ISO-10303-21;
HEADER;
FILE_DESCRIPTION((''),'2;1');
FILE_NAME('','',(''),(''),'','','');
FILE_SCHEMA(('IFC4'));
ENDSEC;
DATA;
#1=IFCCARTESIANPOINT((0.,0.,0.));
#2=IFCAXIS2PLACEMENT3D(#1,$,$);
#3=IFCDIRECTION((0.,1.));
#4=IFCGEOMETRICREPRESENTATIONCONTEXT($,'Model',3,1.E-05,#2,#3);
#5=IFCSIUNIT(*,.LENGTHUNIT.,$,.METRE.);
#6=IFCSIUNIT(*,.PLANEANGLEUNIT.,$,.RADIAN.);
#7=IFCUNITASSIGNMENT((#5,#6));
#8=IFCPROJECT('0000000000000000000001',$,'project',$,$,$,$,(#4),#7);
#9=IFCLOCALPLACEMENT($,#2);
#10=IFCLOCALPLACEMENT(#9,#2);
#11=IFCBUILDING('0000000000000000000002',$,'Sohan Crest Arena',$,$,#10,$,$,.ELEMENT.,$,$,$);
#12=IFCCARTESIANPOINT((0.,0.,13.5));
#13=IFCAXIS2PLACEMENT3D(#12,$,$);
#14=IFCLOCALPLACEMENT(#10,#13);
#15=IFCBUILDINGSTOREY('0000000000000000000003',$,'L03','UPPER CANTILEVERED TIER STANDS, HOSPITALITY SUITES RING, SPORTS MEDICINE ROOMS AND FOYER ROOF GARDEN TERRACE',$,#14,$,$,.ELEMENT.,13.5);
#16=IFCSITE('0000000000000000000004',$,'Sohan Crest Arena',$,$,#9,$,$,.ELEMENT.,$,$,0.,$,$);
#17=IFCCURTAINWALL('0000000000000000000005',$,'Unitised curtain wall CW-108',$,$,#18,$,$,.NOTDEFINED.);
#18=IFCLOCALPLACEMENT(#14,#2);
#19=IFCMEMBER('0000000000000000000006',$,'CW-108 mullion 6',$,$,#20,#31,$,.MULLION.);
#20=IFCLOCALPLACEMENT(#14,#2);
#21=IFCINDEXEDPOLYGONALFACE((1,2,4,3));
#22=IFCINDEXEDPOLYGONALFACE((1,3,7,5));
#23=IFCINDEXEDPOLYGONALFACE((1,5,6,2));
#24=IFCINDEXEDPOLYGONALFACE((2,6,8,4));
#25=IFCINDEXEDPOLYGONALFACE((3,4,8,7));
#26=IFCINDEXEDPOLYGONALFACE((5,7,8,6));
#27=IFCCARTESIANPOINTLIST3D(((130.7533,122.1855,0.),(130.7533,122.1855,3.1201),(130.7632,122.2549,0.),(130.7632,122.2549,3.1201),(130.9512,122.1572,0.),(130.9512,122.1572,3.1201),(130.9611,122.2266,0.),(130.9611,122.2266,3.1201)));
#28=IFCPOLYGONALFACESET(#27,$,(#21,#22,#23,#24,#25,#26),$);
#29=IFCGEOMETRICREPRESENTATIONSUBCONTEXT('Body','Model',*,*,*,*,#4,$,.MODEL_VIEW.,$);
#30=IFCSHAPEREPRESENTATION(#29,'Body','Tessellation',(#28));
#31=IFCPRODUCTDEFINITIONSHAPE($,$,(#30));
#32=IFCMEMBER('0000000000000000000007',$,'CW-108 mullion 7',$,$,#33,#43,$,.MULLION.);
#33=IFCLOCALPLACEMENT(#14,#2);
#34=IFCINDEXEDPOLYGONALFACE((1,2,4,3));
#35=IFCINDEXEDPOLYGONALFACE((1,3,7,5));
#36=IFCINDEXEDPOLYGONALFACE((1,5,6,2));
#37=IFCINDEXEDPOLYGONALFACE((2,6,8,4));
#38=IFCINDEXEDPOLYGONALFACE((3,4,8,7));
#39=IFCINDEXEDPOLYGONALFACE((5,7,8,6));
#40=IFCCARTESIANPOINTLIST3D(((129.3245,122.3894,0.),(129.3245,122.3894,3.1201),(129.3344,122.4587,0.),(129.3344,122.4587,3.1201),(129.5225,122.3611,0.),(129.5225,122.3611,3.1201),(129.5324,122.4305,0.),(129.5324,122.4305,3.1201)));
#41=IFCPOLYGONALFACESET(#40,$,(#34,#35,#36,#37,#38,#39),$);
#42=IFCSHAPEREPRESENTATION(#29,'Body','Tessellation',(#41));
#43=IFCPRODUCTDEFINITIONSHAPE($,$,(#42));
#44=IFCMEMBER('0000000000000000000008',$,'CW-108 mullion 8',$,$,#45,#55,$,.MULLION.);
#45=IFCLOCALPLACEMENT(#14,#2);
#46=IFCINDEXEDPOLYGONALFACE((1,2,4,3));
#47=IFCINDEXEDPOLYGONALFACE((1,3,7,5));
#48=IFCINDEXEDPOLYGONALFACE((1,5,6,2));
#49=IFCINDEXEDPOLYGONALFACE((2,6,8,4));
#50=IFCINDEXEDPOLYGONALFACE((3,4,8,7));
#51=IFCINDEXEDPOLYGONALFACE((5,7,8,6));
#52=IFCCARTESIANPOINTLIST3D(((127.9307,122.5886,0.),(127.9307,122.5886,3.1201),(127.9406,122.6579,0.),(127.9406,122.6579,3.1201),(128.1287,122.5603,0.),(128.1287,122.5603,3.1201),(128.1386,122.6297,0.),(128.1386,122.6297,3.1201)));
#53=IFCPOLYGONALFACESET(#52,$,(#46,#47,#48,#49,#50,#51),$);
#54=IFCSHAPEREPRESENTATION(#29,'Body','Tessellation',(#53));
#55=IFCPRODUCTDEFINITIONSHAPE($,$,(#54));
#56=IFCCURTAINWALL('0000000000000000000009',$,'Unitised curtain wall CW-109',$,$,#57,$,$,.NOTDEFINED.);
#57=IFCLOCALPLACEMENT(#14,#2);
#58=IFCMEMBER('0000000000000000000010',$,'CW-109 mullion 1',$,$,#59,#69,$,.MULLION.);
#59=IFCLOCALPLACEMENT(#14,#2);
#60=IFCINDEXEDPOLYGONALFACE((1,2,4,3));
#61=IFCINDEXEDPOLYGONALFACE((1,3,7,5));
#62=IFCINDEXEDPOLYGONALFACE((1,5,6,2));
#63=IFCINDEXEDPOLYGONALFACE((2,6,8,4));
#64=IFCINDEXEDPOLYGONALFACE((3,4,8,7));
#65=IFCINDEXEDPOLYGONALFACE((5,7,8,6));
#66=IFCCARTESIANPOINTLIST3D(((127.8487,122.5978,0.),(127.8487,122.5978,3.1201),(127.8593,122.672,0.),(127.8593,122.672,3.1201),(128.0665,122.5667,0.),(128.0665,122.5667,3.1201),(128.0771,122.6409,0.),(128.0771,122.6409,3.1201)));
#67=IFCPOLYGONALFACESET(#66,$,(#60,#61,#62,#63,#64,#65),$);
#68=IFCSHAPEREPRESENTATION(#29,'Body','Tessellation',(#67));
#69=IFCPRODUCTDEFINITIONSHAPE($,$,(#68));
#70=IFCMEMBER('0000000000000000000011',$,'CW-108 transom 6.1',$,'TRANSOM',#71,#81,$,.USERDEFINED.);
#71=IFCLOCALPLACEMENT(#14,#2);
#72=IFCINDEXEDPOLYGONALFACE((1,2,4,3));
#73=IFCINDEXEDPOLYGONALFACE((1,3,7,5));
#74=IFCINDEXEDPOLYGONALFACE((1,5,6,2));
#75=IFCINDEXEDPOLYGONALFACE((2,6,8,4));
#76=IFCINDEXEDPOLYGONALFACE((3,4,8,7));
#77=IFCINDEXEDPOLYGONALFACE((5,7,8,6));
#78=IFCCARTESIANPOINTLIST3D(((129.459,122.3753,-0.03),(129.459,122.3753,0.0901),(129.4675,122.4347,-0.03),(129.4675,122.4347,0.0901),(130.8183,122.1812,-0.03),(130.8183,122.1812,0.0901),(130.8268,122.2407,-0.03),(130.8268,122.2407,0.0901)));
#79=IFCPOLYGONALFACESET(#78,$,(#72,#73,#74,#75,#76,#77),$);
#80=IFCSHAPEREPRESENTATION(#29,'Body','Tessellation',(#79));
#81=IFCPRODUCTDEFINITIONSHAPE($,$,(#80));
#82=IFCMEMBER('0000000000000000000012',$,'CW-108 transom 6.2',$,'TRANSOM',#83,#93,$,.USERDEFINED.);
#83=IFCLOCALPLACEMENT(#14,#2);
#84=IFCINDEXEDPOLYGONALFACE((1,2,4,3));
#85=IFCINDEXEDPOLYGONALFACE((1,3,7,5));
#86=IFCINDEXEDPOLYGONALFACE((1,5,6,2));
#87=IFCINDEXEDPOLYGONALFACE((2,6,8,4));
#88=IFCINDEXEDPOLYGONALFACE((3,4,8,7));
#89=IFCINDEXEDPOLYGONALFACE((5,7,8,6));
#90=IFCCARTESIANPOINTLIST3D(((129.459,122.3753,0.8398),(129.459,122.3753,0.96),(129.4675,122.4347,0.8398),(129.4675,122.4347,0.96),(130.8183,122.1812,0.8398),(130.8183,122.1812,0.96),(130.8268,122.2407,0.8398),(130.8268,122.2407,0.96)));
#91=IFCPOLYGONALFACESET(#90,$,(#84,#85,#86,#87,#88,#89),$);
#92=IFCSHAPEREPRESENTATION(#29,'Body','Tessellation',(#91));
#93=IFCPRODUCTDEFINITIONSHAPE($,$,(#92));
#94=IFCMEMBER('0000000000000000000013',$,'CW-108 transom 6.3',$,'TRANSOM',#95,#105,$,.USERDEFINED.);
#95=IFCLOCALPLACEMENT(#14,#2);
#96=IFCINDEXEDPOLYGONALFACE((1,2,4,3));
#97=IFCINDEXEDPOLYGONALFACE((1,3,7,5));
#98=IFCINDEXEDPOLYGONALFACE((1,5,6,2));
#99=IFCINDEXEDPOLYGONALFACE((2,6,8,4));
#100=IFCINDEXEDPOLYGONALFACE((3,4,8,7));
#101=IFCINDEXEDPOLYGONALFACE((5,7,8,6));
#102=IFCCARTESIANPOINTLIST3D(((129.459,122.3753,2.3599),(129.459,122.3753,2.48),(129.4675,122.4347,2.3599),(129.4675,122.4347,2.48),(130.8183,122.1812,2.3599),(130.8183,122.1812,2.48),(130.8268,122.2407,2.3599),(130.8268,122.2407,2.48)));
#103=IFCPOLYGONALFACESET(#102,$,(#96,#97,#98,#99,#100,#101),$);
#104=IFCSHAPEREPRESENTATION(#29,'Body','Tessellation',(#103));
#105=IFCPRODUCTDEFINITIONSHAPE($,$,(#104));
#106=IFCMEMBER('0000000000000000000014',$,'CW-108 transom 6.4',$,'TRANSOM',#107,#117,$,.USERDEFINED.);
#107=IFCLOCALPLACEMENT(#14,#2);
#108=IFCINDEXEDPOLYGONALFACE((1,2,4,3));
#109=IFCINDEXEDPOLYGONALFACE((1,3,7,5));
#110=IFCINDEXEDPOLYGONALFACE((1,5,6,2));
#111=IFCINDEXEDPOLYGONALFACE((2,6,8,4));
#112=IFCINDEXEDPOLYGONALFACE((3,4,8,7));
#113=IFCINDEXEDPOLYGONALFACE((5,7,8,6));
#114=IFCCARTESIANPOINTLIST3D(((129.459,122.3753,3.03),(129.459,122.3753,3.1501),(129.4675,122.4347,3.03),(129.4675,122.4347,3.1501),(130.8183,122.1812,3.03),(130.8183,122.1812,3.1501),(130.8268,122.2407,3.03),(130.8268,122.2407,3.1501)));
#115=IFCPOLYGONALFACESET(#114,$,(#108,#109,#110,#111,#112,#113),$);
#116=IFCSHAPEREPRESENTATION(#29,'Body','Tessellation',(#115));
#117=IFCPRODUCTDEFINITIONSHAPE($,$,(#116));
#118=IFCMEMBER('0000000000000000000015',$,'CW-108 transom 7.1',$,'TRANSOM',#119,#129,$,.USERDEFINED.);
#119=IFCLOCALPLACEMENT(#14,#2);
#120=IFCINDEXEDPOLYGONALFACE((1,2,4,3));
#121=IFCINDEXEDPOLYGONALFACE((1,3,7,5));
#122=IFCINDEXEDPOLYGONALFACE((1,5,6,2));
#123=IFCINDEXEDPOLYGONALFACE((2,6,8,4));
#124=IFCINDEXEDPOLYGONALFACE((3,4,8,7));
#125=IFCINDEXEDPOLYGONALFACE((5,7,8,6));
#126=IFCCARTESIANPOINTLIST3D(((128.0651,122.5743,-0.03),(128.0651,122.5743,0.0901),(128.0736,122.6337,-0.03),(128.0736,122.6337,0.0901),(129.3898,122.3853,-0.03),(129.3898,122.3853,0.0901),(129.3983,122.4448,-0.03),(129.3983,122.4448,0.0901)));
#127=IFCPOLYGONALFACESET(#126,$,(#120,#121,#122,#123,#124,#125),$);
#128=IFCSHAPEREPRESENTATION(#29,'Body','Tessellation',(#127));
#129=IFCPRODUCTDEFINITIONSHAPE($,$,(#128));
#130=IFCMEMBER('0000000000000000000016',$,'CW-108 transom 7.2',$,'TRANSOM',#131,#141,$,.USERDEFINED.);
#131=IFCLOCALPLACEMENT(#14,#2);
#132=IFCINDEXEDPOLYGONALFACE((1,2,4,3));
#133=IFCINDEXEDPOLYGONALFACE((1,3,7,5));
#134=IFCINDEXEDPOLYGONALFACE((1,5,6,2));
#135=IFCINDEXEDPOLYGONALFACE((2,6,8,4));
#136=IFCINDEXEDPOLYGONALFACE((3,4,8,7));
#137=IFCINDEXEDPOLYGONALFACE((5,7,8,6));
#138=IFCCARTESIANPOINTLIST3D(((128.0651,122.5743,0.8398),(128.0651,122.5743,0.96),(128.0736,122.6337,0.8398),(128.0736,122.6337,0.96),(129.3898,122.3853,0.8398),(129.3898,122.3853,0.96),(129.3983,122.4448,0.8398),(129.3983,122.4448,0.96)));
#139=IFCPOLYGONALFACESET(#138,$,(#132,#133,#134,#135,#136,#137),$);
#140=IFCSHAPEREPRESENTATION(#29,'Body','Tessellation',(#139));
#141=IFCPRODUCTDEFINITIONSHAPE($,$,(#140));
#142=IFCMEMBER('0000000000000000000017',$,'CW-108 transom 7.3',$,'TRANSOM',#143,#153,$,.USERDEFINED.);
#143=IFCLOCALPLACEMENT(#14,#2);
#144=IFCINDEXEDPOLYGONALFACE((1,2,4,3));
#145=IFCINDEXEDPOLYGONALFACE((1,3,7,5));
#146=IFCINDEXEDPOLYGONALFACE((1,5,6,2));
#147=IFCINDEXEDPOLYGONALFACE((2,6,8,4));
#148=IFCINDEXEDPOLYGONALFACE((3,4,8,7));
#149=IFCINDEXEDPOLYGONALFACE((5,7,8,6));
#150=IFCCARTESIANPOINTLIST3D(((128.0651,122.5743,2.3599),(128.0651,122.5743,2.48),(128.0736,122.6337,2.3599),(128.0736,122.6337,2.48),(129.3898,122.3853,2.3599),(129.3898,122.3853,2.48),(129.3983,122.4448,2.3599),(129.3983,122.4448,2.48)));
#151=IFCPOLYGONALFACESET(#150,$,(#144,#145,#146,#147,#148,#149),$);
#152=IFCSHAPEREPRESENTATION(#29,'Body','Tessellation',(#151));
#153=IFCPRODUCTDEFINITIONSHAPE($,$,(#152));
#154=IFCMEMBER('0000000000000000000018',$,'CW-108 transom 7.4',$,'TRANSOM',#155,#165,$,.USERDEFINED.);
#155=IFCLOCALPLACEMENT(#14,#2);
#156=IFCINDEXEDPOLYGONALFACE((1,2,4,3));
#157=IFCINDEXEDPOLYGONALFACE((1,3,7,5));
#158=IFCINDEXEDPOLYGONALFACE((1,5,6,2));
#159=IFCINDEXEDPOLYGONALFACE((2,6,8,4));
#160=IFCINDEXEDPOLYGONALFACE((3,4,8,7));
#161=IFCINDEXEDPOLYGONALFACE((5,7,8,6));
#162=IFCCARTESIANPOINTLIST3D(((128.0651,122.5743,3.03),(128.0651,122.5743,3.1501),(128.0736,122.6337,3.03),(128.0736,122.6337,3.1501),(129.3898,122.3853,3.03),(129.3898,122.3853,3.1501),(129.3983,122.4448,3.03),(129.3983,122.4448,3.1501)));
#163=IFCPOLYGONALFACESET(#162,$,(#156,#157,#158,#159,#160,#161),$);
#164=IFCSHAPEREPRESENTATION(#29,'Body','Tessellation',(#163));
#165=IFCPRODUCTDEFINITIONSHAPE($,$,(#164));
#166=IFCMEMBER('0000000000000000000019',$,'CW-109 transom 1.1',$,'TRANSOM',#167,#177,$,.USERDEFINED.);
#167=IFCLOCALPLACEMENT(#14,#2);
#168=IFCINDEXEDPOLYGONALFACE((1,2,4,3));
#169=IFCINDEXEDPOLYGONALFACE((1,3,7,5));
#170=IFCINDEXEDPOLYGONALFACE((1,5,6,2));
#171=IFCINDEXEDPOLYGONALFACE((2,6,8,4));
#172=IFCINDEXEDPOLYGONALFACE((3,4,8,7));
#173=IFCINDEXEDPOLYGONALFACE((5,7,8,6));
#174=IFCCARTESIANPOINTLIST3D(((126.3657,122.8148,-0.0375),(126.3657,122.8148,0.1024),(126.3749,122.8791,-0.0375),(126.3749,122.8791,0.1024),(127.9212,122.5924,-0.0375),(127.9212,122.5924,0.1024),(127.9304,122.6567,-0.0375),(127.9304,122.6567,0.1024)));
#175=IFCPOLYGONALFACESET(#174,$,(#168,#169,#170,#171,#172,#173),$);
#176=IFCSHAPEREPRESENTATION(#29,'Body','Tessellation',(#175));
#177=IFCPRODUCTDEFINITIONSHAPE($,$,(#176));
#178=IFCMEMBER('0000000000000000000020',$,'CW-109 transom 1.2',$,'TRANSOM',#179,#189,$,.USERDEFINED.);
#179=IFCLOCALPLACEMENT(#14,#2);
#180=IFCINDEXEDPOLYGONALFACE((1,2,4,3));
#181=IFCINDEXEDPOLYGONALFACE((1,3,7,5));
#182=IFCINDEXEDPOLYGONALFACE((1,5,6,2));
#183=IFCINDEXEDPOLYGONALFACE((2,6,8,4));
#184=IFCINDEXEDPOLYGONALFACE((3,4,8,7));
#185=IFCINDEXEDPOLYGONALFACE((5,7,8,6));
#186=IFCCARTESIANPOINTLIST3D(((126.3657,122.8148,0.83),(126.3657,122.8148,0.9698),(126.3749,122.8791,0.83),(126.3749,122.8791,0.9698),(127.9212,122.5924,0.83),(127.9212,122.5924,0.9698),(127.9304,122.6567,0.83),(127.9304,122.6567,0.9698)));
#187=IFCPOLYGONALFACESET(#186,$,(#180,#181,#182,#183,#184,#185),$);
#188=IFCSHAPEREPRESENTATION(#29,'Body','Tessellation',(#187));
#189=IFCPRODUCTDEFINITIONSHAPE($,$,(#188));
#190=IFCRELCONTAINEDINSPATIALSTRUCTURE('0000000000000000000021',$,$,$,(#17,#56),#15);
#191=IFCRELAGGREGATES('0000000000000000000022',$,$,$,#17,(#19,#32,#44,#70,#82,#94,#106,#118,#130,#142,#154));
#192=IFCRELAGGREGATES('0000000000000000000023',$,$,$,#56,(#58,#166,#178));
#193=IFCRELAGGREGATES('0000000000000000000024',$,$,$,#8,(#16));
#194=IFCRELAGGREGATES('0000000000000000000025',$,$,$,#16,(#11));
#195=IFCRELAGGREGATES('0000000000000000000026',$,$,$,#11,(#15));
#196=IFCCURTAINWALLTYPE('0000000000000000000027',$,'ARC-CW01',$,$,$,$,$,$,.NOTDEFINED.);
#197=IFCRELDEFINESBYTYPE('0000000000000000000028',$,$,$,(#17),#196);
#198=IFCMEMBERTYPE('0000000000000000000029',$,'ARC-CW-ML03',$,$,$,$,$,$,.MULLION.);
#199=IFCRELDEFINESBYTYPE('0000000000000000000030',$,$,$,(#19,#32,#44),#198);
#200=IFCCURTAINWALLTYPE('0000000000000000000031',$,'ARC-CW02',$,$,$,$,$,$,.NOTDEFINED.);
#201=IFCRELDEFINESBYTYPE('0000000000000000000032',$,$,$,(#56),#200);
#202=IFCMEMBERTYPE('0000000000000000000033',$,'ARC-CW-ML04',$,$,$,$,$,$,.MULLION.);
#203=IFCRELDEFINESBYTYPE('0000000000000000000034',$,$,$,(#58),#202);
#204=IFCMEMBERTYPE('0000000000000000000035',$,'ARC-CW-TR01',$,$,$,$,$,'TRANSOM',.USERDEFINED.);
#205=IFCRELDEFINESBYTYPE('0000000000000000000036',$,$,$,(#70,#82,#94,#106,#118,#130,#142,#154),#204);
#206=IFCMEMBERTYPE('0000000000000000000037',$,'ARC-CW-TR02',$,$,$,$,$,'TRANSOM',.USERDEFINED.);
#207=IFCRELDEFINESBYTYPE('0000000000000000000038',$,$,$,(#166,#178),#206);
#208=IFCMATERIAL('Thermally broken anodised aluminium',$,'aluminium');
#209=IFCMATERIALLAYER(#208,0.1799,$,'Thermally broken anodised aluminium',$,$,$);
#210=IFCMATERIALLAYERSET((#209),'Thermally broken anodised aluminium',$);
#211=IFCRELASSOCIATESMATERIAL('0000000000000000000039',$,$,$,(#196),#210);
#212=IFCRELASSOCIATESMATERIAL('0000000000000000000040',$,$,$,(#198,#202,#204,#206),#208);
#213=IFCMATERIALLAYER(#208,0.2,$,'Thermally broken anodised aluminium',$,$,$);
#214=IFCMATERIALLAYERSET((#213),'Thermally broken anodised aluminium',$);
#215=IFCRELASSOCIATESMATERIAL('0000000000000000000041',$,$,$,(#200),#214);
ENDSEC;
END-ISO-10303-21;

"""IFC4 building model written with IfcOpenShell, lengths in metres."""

from ifc_helpers import new_model, si_unit, direction, frame, origin, origin_2d, place, context, subcontext, project, spatial, rectangle, extrude, material, layer, layer_set, material_profile, profile_set, type_object, element, aggregate, save


model = new_model("IFC4")

# Units and contexts
model_context = context("Model", 3, precision=1e-05, world=origin(), true_north=direction((0.0, 1.0)))
body_context = subcontext(model_context, "Body", "Model", "MODEL_VIEW")
ifc_project = project(units=[si_unit("LENGTHUNIT", "METRE"), si_unit("PLANEANGLEUNIT", "RADIAN")], contexts=[model_context])

# Site, building, storey
site_placement = place(None, origin())
site = spatial("IfcSite", under=ifc_project, at=site_placement, Name="Sohan Crest Arena", CompositionType="ELEMENT", RefElevation=0.0)
building_placement = place(site_placement, origin())
building = spatial("IfcBuilding", under=site, at=building_placement, Name="Sohan Crest Arena", CompositionType="ELEMENT")
storey_placement = place(building_placement, frame((0.0, 0.0, 13.5)))
storey = spatial("IfcBuildingStorey", under=building, at=storey_placement, Name="L03", Description="UPPER CANTILEVERED TIER STANDS, HOSPITALITY SUITES RING, SPORTS MEDICINE ROOMS AND FOYER ROOF GARDEN TERRACE", CompositionType="ELEMENT", Elevation=13.5)

# Curtain wall, members
ifc_material_1 = material(Name="Thermally broken anodised aluminium", Category="aluminium")
ifc_layer_1 = layer(ifc_material_1, 0.1799, Name="Thermally broken anodised aluminium")
ifc_layer_set_1 = layer_set([ifc_layer_1], Name="Thermally broken anodised aluminium")
curtain_wall_type_1 = type_object("IfcCurtainWallType", Name="ARC-CW01", PredefinedType="NOTDEFINED", material=ifc_layer_set_1)
curtain_wall_1_placement = place(storey_placement, origin())
curtain_wall_1 = element("IfcCurtainWall", 1, at=curtain_wall_1_placement, inside=storey, type_object=curtain_wall_type_1, Name="Unitised curtain wall CW-108", PredefinedType="NOTDEFINED")
ifc_material_profile_1 = material_profile(ifc_material_1, rectangle(XDim=0.0701, YDim=0.2, at=origin_2d()), Name="ALU-MULL 70x200")
ifc_profile_set_1 = profile_set([ifc_material_profile_1], Name="Thermally broken anodised aluminium")
member_type_1 = type_object("IfcMemberType", Name="ARC-CW-ML03", PredefinedType="MULLION", material=ifc_profile_set_1)
member_1_placement = place(storey_placement, frame((130.8572, 122.2061, 0.0), z_axis=(0.0, 0.0, 1.0), x_axis=(-0.141366, -0.989957, 0.0)))
member_1 = element("IfcMember", 2, at=member_1_placement, type_object=member_type_1, Name="CW-108 mullion 6", PredefinedType="MULLION", context=body_context, shape_type="SweptSolid", body=[
    extrude(rectangle(XDim=0.0701, YDim=0.2, at=origin_2d()), origin(), (0.0, 0.0, 1.0), 3.1201),
])
member_2_placement = place(storey_placement, frame((129.4285, 122.4099, 0.0), z_axis=(0.0, 0.0, 1.0), x_axis=(-0.141366, -0.989957, 0.0)))
member_2 = element("IfcMember", 3, at=member_2_placement, type_object=member_type_1, Name="CW-108 mullion 7", PredefinedType="MULLION", context=body_context, shape_type="SweptSolid", body=[
    extrude(rectangle(XDim=0.0701, YDim=0.2, at=origin_2d()), origin(), (0.0, 0.0, 1.0), 3.1201),
])
member_3_placement = place(storey_placement, frame((128.0347, 122.6091, 0.0), z_axis=(0.0, 0.0, 1.0), x_axis=(-0.141366, -0.989957, 0.0)))
member_3 = element("IfcMember", 4, at=member_3_placement, type_object=member_type_1, Name="CW-108 mullion 8", PredefinedType="MULLION", context=body_context, shape_type="SweptSolid", body=[
    extrude(rectangle(XDim=0.0701, YDim=0.2, at=origin_2d()), origin(), (0.0, 0.0, 1.0), 3.1201),
])

# Curtain wall, member
ifc_layer_2 = layer(ifc_material_1, 0.2, Name="Thermally broken anodised aluminium")
ifc_layer_set_2 = layer_set([ifc_layer_2], Name="Thermally broken anodised aluminium")
curtain_wall_type_2 = type_object("IfcCurtainWallType", Name="ARC-CW02", PredefinedType="NOTDEFINED", material=ifc_layer_set_2)
curtain_wall_2_placement = place(storey_placement, origin())
curtain_wall_2 = element("IfcCurtainWall", 5, at=curtain_wall_2_placement, inside=storey, type_object=curtain_wall_type_2, Name="Unitised curtain wall CW-109", PredefinedType="NOTDEFINED")
ifc_material_profile_2 = material_profile(ifc_material_1, rectangle(XDim=0.075, YDim=0.22, at=origin_2d()), Name="ALU-MULL 75x220")
ifc_profile_set_2 = profile_set([ifc_material_profile_2], Name="Thermally broken anodised aluminium")
member_type_2 = type_object("IfcMemberType", Name="ARC-CW-ML04", PredefinedType="MULLION", material=ifc_profile_set_2)
member_4_placement = place(storey_placement, frame((127.9629, 122.6194, 0.0), z_axis=(0.0, 0.0, 1.0), x_axis=(-0.141463, -0.989944, 0.0)))
member_4 = element("IfcMember", 6, at=member_4_placement, type_object=member_type_2, Name="CW-109 mullion 1", PredefinedType="MULLION", context=body_context, shape_type="SweptSolid", body=[
    extrude(rectangle(XDim=0.075, YDim=0.22, at=origin_2d()), origin(), (0.0, 0.0, 1.0), 3.1201),
])

# Members
ifc_material_profile_3 = material_profile(ifc_material_1, rectangle(XDim=0.0601, YDim=0.1201, at=origin_2d()), Name="ALU-TRAN 60x120")
ifc_profile_set_3 = profile_set([ifc_material_profile_3], Name="Thermally broken anodised aluminium")
member_type_3 = type_object("IfcMemberType", Name="ARC-CW-TR01", ElementType="TRANSOM", PredefinedType="USERDEFINED", material=ifc_profile_set_3)
member_5_placement = place(storey_placement, frame((130.8225, 122.2109, 0.03), z_axis=(-0.98996, 0.141347, 0.0), x_axis=(-0.141347, -0.98996, 0.0)))
member_5 = element("IfcMember", 7, at=member_5_placement, type_object=member_type_3, Name="CW-108 transom 6.1", ObjectType="TRANSOM", PredefinedType="USERDEFINED", context=body_context, shape_type="SweptSolid", body=[
    extrude(rectangle(XDim=0.0601, YDim=0.1201, at=origin_2d()), origin(), (0.0, 0.0, 1.0), 1.373),
])
member_6_placement = place(storey_placement, frame((130.8225, 122.2109, 0.8999), z_axis=(-0.98996, 0.141347, 0.0), x_axis=(-0.141347, -0.98996, 0.0)))
member_6 = element("IfcMember", 8, at=member_6_placement, type_object=member_type_3, Name="CW-108 transom 6.2", ObjectType="TRANSOM", PredefinedType="USERDEFINED", context=body_context, shape_type="SweptSolid", body=[
    extrude(rectangle(XDim=0.0601, YDim=0.1201, at=origin_2d()), origin(), (0.0, 0.0, 1.0), 1.373),
])
member_7_placement = place(storey_placement, frame((130.8225, 122.2109, 2.4199), z_axis=(-0.98996, 0.141347, 0.0), x_axis=(-0.141347, -0.98996, 0.0)))
member_7 = element("IfcMember", 9, at=member_7_placement, type_object=member_type_3, Name="CW-108 transom 6.3", ObjectType="TRANSOM", PredefinedType="USERDEFINED", context=body_context, shape_type="SweptSolid", body=[
    extrude(rectangle(XDim=0.0601, YDim=0.1201, at=origin_2d()), origin(), (0.0, 0.0, 1.0), 1.373),
])
member_8_placement = place(storey_placement, frame((130.8225, 122.2109, 3.0901), z_axis=(-0.98996, 0.141347, 0.0), x_axis=(-0.141347, -0.98996, 0.0)))
member_8 = element("IfcMember", 10, at=member_8_placement, type_object=member_type_3, Name="CW-108 transom 6.4", ObjectType="TRANSOM", PredefinedType="USERDEFINED", context=body_context, shape_type="SweptSolid", body=[
    extrude(rectangle(XDim=0.0601, YDim=0.1201, at=origin_2d()), origin(), (0.0, 0.0, 1.0), 1.373),
])
member_9_placement = place(storey_placement, frame((129.394, 122.415, 0.03), z_axis=(-0.989979, 0.141217, 0.0), x_axis=(-0.141217, -0.989979, 0.0)))
member_9 = element("IfcMember", 11, at=member_9_placement, type_object=member_type_3, Name="CW-108 transom 7.1", ObjectType="TRANSOM", PredefinedType="USERDEFINED", context=body_context, shape_type="SweptSolid", body=[
    extrude(rectangle(XDim=0.0601, YDim=0.1201, at=origin_2d()), origin(), (0.0, 0.0, 1.0), 1.3381),
])
member_10_placement = place(storey_placement, frame((129.394, 122.415, 0.8999), z_axis=(-0.989979, 0.141217, 0.0), x_axis=(-0.141217, -0.989979, 0.0)))
member_10 = element("IfcMember", 12, at=member_10_placement, type_object=member_type_3, Name="CW-108 transom 7.2", ObjectType="TRANSOM", PredefinedType="USERDEFINED", context=body_context, shape_type="SweptSolid", body=[
    extrude(rectangle(XDim=0.0601, YDim=0.1201, at=origin_2d()), origin(), (0.0, 0.0, 1.0), 1.3381),
])
member_11_placement = place(storey_placement, frame((129.394, 122.415, 2.4199), z_axis=(-0.989979, 0.141217, 0.0), x_axis=(-0.141217, -0.989979, 0.0)))
member_11 = element("IfcMember", 13, at=member_11_placement, type_object=member_type_3, Name="CW-108 transom 7.3", ObjectType="TRANSOM", PredefinedType="USERDEFINED", context=body_context, shape_type="SweptSolid", body=[
    extrude(rectangle(XDim=0.0601, YDim=0.1201, at=origin_2d()), origin(), (0.0, 0.0, 1.0), 1.3381),
])
member_12_placement = place(storey_placement, frame((129.394, 122.415, 3.0901), z_axis=(-0.989979, 0.141217, 0.0), x_axis=(-0.141217, -0.989979, 0.0)))
member_12 = element("IfcMember", 14, at=member_12_placement, type_object=member_type_3, Name="CW-108 transom 7.4", ObjectType="TRANSOM", PredefinedType="USERDEFINED", context=body_context, shape_type="SweptSolid", body=[
    extrude(rectangle(XDim=0.0601, YDim=0.1201, at=origin_2d()), origin(), (0.0, 0.0, 1.0), 1.3381),
])
ifc_material_profile_4 = material_profile(ifc_material_1, rectangle(XDim=0.0649, YDim=0.1399, at=origin_2d()), Name="ALU-TRAN 65x140")
ifc_profile_set_4 = profile_set([ifc_material_profile_4], Name="Thermally broken anodised aluminium")
member_type_4 = type_object("IfcMemberType", Name="ARC-CW-TR02", ElementType="TRANSOM", PredefinedType="USERDEFINED", material=ifc_profile_set_4)
member_13_placement = place(storey_placement, frame((127.9258, 122.6245, 0.0325), z_axis=(-0.989931, 0.141552, 0.0), x_axis=(-0.141552, -0.989931, 0.0)))
member_13 = element("IfcMember", 15, at=member_13_placement, type_object=member_type_4, Name="CW-109 transom 1.1", ObjectType="TRANSOM", PredefinedType="USERDEFINED", context=body_context, shape_type="SweptSolid", body=[
    extrude(rectangle(XDim=0.0649, YDim=0.1399, at=origin_2d()), origin(), (0.0, 0.0, 1.0), 1.5713),
])
member_14_placement = place(storey_placement, frame((127.9258, 122.6245, 0.8999), z_axis=(-0.989931, 0.141552, 0.0), x_axis=(-0.141552, -0.989931, 0.0)))
member_14 = element("IfcMember", 16, at=member_14_placement, type_object=member_type_4, Name="CW-109 transom 1.2", ObjectType="TRANSOM", PredefinedType="USERDEFINED", context=body_context, shape_type="SweptSolid", body=[
    extrude(rectangle(XDim=0.0649, YDim=0.1399, at=origin_2d()), origin(), (0.0, 0.0, 1.0), 1.5713),
])

aggregate(curtain_wall_1, [member_1, member_2, member_3, member_5, member_6, member_7, member_8, member_9, member_10, member_11, member_12])
aggregate(curtain_wall_2, [member_4, member_13, member_14])

save(model, "model.ifc")
